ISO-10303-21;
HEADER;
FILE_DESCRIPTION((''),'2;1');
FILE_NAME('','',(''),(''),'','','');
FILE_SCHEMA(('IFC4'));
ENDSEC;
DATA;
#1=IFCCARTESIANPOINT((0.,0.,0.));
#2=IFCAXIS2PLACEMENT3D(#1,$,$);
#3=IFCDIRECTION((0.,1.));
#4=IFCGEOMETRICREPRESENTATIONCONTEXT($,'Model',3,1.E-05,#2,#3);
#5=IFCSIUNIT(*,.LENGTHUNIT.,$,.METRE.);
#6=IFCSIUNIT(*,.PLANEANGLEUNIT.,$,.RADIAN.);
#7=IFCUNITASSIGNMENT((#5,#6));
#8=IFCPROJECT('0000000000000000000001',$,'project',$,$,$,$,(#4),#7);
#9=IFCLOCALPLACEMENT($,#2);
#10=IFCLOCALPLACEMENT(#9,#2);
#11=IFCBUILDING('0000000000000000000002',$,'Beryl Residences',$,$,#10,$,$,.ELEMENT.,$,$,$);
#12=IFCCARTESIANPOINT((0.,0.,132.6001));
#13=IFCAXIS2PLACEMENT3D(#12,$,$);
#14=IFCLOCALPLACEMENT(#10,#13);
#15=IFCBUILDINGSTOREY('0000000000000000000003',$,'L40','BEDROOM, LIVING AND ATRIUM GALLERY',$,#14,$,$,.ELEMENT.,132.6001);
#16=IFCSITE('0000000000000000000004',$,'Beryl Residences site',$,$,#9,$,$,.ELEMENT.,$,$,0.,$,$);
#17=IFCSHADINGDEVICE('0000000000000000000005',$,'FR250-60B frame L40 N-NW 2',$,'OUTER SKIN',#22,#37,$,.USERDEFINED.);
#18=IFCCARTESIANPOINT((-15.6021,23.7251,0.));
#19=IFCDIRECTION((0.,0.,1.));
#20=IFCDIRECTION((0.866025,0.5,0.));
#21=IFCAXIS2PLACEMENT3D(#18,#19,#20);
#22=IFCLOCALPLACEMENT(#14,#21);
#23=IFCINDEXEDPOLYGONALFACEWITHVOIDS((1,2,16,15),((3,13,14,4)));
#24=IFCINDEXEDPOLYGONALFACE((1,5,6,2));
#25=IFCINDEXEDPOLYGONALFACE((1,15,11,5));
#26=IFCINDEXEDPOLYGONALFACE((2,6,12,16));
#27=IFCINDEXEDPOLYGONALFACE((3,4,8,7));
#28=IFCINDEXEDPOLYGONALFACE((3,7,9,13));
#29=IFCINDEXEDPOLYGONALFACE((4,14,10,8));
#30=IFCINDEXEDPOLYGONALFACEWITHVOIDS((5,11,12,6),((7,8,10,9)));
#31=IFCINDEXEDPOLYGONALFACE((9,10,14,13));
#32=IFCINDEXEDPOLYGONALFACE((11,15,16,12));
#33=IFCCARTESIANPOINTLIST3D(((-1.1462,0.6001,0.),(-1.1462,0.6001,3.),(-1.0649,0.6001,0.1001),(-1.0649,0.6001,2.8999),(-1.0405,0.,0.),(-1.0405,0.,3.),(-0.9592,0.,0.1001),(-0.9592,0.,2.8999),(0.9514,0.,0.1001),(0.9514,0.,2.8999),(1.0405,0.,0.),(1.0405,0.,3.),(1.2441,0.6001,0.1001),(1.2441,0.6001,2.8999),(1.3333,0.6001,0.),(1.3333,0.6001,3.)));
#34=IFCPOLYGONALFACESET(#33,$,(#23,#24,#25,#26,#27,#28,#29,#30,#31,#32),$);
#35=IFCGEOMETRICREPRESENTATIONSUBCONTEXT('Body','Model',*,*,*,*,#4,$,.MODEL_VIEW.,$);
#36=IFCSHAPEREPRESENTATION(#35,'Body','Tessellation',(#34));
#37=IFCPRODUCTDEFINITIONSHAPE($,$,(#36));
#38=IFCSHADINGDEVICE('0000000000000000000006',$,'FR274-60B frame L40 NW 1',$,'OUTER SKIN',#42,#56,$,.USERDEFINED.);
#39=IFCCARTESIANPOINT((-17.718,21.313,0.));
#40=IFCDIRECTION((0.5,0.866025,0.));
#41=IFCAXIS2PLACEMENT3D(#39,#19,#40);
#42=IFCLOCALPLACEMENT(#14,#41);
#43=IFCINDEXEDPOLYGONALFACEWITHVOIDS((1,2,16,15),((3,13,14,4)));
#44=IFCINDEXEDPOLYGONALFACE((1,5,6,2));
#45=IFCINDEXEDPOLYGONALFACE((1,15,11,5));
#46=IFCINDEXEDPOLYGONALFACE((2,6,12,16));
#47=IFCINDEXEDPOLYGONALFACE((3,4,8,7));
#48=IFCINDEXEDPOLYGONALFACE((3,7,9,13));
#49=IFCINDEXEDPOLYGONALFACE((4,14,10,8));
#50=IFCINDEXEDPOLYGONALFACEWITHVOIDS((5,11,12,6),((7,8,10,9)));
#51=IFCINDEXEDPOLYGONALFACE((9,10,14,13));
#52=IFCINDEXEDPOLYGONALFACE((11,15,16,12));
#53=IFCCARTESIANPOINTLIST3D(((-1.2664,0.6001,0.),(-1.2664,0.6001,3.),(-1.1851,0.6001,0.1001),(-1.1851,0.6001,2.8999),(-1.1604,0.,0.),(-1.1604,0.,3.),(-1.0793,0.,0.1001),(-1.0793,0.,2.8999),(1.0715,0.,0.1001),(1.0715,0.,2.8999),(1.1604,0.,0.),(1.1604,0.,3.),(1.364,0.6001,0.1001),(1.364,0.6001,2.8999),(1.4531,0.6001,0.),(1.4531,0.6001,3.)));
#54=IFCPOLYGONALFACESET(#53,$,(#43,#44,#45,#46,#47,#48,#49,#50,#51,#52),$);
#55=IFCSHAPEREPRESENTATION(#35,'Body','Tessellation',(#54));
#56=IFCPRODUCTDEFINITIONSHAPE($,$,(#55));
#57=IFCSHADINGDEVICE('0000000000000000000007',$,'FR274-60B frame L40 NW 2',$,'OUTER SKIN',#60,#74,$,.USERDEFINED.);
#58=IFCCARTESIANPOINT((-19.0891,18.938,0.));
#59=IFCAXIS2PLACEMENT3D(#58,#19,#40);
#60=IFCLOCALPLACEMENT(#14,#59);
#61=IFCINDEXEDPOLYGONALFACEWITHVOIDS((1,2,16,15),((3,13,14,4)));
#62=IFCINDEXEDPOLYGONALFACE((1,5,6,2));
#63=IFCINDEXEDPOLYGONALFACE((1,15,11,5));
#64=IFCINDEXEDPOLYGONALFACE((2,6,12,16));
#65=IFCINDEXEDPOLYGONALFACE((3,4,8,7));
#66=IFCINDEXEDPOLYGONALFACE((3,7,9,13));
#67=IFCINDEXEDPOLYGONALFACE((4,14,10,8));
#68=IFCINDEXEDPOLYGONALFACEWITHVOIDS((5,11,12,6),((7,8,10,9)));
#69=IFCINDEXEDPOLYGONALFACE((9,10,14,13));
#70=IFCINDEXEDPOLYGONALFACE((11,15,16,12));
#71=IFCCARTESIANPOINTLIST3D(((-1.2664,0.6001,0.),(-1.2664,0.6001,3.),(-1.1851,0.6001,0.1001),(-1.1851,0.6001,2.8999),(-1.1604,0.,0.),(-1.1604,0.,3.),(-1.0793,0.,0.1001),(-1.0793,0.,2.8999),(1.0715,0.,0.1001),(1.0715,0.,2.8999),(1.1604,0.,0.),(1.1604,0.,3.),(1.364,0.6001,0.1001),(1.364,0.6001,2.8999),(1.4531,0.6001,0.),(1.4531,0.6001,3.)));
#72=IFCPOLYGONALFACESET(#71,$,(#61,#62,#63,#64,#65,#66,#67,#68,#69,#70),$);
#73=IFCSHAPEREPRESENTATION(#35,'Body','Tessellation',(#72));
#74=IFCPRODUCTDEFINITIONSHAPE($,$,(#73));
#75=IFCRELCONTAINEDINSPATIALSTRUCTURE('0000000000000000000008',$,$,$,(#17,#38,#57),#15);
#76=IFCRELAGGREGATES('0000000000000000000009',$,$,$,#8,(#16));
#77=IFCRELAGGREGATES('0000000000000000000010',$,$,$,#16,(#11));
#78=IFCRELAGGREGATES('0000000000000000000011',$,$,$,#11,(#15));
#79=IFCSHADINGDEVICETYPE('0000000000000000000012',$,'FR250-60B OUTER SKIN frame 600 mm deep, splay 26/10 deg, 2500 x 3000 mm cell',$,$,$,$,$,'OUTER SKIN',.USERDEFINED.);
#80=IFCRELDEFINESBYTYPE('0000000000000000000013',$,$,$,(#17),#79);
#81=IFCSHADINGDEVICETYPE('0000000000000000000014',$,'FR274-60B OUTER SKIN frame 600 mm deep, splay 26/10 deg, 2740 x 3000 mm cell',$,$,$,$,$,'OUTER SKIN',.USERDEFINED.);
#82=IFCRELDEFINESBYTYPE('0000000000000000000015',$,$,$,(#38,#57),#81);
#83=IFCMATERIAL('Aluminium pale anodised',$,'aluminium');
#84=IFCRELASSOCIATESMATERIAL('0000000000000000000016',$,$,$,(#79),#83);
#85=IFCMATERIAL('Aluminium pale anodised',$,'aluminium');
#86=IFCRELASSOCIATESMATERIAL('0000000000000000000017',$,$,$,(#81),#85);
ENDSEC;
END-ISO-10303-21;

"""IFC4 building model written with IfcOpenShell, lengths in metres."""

from ifc_helpers import new_model, entity, si_unit, direction, frame, origin, place, context, subcontext, project, spatial, source, transform, mapped, material, type_object, type_shapes, element, save


model = new_model("IFC4")

# Units and contexts
model_context = context("Model", 3, precision=1e-05, world=origin(), true_north=direction((0.0, 1.0)))
body_context = subcontext(model_context, "Body", "Model", "MODEL_VIEW")
ifc_project = project(units=[si_unit("LENGTHUNIT", "METRE"), si_unit("PLANEANGLEUNIT", "RADIAN")], contexts=[model_context])

# Site, building, storey
site_placement = place(None, origin())
site = spatial("IfcSite", under=ifc_project, at=site_placement, Name="Beryl Residences site", CompositionType="ELEMENT", RefElevation=0.0)
building_placement = place(site_placement, origin())
building = spatial("IfcBuilding", under=site, at=building_placement, Name="Beryl Residences", CompositionType="ELEMENT")
storey_placement = place(building_placement, frame((0.0, 0.0, 132.6001)))
storey = spatial("IfcBuildingStorey", under=building, at=storey_placement, Name="L40", Description="BEDROOM, LIVING AND ATRIUM GALLERY", CompositionType="ELEMENT", Elevation=132.6001)

# Shading devices
ifc_material_1 = material(Name="Aluminium pale anodised", Category="aluminium")
shading_device_type_1 = type_object("IfcShadingDeviceType", Name="FR250-60B OUTER SKIN frame 600 mm deep, splay 26/10 deg, 2500 x 3000 mm cell", ElementType="OUTER SKIN", PredefinedType="USERDEFINED", material=ifc_material_1)
cartesian_point_1 = entity("IfcCartesianPoint", [-1.0405, 0.0])
cartesian_point_2 = entity("IfcCartesianPoint", [-0.9514, 0.1001])
cartesian_point_3 = entity("IfcCartesianPoint", [-1.3333, 0.0])
cartesian_point_4 = entity("IfcCartesianPoint", [-1.2441, 0.1001])
shared_shape_1 = source(origin(), body_context, "Body", "SweptSolid", [
    entity("IfcExtrudedAreaSolidTapered", entity("IfcArbitraryProfileDefWithVoids", "AREA", None, entity("IfcPolyline", [cartesian_point_1, entity("IfcCartesianPoint", [1.0405, 0.0]), entity("IfcCartesianPoint", [1.0405, 3.0]), entity("IfcCartesianPoint", [-1.0405, 3.0]), cartesian_point_1]), [entity("IfcPolyline", [cartesian_point_2, entity("IfcCartesianPoint", [0.9592, 0.1001]), entity("IfcCartesianPoint", [0.9592, 2.8999]), entity("IfcCartesianPoint", [-0.9514, 2.8999]), cartesian_point_2])]), entity("IfcAxis2Placement3D", entity("IfcCartesianPoint", [0.0, 0.0, 0.0]), entity("IfcDirection", [0.0, 1.0, 0.0]), entity("IfcDirection", [-1.0, 0.0, 0.0])), entity("IfcDirection", [0.0, 0.0, 1.0]), 0.6001, entity("IfcArbitraryProfileDefWithVoids", "AREA", None, entity("IfcPolyline", [cartesian_point_3, entity("IfcCartesianPoint", [1.1462, 0.0]), entity("IfcCartesianPoint", [1.1462, 3.0]), entity("IfcCartesianPoint", [-1.3333, 3.0]), cartesian_point_3]), [entity("IfcPolyline", [cartesian_point_4, entity("IfcCartesianPoint", [1.0649, 0.1001]), entity("IfcCartesianPoint", [1.0649, 2.8999]), entity("IfcCartesianPoint", [-1.2441, 2.8999]), cartesian_point_4])])),
])
type_shapes(shading_device_type_1, [shared_shape_1])
shading_device_placement = place(storey_placement, frame((-15.6021, 23.7251, 0.0), z_axis=(0.0, 0.0, 1.0), x_axis=(0.866025, 0.5, 0.0)))
element("IfcShadingDevice", 1, at=shading_device_placement, inside=storey, type_object=shading_device_type_1, Name="FR250-60B frame L40 N-NW 2", ObjectType="OUTER SKIN", PredefinedType="USERDEFINED", context=body_context, shape_type="MappedRepresentation", body=[
    mapped(shared_shape_1, transform((0.0, 0.0, 0.0))),
])
ifc_material_2 = material(Name="Aluminium pale anodised", Category="aluminium")
shading_device_type_2 = type_object("IfcShadingDeviceType", Name="FR274-60B OUTER SKIN frame 600 mm deep, splay 26/10 deg, 2740 x 3000 mm cell", ElementType="OUTER SKIN", PredefinedType="USERDEFINED", material=ifc_material_2)
cartesian_point_5 = entity("IfcCartesianPoint", [-1.1604, 0.0])
cartesian_point_6 = entity("IfcCartesianPoint", [-1.0715, 0.1001])
cartesian_point_7 = entity("IfcCartesianPoint", [-1.4531, 0.0])
cartesian_point_8 = entity("IfcCartesianPoint", [-1.364, 0.1001])
shared_shape_2 = source(origin(), body_context, "Body", "SweptSolid", [
    entity("IfcExtrudedAreaSolidTapered", entity("IfcArbitraryProfileDefWithVoids", "AREA", None, entity("IfcPolyline", [cartesian_point_5, entity("IfcCartesianPoint", [1.1604, 0.0]), entity("IfcCartesianPoint", [1.1604, 3.0]), entity("IfcCartesianPoint", [-1.1604, 3.0]), cartesian_point_5]), [entity("IfcPolyline", [cartesian_point_6, entity("IfcCartesianPoint", [1.0793, 0.1001]), entity("IfcCartesianPoint", [1.0793, 2.8999]), entity("IfcCartesianPoint", [-1.0715, 2.8999]), cartesian_point_6])]), entity("IfcAxis2Placement3D", entity("IfcCartesianPoint", [0.0, 0.0, 0.0]), entity("IfcDirection", [0.0, 1.0, 0.0]), entity("IfcDirection", [-1.0, 0.0, 0.0])), entity("IfcDirection", [0.0, 0.0, 1.0]), 0.6001, entity("IfcArbitraryProfileDefWithVoids", "AREA", None, entity("IfcPolyline", [cartesian_point_7, entity("IfcCartesianPoint", [1.2664, 0.0]), entity("IfcCartesianPoint", [1.2664, 3.0]), entity("IfcCartesianPoint", [-1.4531, 3.0]), cartesian_point_7]), [entity("IfcPolyline", [cartesian_point_8, entity("IfcCartesianPoint", [1.1851, 0.1001]), entity("IfcCartesianPoint", [1.1851, 2.8999]), entity("IfcCartesianPoint", [-1.364, 2.8999]), cartesian_point_8])])),
])
type_shapes(shading_device_type_2, [shared_shape_2])
for number, where, z_axis, x_axis, name in (
    (2, (-17.718, 21.313, 0.0), (0.0, 0.0, 1.0), (0.5, 0.866025, 0.0), "FR274-60B frame L40 NW 1"),
    (3, (-19.0891, 18.938, 0.0), (0.0, 0.0, 1.0), (0.5, 0.866025, 0.0), "FR274-60B frame L40 NW 2"),
):
    element("IfcShadingDevice", number, at=place(storey_placement, frame(where, z_axis=z_axis, x_axis=x_axis)), inside=storey, type_object=shading_device_type_2, Name=name, ObjectType="OUTER SKIN", PredefinedType="USERDEFINED", context=body_context, shape_type="MappedRepresentation", body=[
        mapped(shared_shape_2, transform((0.0, 0.0, 0.0))),
    ])

save(model, "model.ifc")
